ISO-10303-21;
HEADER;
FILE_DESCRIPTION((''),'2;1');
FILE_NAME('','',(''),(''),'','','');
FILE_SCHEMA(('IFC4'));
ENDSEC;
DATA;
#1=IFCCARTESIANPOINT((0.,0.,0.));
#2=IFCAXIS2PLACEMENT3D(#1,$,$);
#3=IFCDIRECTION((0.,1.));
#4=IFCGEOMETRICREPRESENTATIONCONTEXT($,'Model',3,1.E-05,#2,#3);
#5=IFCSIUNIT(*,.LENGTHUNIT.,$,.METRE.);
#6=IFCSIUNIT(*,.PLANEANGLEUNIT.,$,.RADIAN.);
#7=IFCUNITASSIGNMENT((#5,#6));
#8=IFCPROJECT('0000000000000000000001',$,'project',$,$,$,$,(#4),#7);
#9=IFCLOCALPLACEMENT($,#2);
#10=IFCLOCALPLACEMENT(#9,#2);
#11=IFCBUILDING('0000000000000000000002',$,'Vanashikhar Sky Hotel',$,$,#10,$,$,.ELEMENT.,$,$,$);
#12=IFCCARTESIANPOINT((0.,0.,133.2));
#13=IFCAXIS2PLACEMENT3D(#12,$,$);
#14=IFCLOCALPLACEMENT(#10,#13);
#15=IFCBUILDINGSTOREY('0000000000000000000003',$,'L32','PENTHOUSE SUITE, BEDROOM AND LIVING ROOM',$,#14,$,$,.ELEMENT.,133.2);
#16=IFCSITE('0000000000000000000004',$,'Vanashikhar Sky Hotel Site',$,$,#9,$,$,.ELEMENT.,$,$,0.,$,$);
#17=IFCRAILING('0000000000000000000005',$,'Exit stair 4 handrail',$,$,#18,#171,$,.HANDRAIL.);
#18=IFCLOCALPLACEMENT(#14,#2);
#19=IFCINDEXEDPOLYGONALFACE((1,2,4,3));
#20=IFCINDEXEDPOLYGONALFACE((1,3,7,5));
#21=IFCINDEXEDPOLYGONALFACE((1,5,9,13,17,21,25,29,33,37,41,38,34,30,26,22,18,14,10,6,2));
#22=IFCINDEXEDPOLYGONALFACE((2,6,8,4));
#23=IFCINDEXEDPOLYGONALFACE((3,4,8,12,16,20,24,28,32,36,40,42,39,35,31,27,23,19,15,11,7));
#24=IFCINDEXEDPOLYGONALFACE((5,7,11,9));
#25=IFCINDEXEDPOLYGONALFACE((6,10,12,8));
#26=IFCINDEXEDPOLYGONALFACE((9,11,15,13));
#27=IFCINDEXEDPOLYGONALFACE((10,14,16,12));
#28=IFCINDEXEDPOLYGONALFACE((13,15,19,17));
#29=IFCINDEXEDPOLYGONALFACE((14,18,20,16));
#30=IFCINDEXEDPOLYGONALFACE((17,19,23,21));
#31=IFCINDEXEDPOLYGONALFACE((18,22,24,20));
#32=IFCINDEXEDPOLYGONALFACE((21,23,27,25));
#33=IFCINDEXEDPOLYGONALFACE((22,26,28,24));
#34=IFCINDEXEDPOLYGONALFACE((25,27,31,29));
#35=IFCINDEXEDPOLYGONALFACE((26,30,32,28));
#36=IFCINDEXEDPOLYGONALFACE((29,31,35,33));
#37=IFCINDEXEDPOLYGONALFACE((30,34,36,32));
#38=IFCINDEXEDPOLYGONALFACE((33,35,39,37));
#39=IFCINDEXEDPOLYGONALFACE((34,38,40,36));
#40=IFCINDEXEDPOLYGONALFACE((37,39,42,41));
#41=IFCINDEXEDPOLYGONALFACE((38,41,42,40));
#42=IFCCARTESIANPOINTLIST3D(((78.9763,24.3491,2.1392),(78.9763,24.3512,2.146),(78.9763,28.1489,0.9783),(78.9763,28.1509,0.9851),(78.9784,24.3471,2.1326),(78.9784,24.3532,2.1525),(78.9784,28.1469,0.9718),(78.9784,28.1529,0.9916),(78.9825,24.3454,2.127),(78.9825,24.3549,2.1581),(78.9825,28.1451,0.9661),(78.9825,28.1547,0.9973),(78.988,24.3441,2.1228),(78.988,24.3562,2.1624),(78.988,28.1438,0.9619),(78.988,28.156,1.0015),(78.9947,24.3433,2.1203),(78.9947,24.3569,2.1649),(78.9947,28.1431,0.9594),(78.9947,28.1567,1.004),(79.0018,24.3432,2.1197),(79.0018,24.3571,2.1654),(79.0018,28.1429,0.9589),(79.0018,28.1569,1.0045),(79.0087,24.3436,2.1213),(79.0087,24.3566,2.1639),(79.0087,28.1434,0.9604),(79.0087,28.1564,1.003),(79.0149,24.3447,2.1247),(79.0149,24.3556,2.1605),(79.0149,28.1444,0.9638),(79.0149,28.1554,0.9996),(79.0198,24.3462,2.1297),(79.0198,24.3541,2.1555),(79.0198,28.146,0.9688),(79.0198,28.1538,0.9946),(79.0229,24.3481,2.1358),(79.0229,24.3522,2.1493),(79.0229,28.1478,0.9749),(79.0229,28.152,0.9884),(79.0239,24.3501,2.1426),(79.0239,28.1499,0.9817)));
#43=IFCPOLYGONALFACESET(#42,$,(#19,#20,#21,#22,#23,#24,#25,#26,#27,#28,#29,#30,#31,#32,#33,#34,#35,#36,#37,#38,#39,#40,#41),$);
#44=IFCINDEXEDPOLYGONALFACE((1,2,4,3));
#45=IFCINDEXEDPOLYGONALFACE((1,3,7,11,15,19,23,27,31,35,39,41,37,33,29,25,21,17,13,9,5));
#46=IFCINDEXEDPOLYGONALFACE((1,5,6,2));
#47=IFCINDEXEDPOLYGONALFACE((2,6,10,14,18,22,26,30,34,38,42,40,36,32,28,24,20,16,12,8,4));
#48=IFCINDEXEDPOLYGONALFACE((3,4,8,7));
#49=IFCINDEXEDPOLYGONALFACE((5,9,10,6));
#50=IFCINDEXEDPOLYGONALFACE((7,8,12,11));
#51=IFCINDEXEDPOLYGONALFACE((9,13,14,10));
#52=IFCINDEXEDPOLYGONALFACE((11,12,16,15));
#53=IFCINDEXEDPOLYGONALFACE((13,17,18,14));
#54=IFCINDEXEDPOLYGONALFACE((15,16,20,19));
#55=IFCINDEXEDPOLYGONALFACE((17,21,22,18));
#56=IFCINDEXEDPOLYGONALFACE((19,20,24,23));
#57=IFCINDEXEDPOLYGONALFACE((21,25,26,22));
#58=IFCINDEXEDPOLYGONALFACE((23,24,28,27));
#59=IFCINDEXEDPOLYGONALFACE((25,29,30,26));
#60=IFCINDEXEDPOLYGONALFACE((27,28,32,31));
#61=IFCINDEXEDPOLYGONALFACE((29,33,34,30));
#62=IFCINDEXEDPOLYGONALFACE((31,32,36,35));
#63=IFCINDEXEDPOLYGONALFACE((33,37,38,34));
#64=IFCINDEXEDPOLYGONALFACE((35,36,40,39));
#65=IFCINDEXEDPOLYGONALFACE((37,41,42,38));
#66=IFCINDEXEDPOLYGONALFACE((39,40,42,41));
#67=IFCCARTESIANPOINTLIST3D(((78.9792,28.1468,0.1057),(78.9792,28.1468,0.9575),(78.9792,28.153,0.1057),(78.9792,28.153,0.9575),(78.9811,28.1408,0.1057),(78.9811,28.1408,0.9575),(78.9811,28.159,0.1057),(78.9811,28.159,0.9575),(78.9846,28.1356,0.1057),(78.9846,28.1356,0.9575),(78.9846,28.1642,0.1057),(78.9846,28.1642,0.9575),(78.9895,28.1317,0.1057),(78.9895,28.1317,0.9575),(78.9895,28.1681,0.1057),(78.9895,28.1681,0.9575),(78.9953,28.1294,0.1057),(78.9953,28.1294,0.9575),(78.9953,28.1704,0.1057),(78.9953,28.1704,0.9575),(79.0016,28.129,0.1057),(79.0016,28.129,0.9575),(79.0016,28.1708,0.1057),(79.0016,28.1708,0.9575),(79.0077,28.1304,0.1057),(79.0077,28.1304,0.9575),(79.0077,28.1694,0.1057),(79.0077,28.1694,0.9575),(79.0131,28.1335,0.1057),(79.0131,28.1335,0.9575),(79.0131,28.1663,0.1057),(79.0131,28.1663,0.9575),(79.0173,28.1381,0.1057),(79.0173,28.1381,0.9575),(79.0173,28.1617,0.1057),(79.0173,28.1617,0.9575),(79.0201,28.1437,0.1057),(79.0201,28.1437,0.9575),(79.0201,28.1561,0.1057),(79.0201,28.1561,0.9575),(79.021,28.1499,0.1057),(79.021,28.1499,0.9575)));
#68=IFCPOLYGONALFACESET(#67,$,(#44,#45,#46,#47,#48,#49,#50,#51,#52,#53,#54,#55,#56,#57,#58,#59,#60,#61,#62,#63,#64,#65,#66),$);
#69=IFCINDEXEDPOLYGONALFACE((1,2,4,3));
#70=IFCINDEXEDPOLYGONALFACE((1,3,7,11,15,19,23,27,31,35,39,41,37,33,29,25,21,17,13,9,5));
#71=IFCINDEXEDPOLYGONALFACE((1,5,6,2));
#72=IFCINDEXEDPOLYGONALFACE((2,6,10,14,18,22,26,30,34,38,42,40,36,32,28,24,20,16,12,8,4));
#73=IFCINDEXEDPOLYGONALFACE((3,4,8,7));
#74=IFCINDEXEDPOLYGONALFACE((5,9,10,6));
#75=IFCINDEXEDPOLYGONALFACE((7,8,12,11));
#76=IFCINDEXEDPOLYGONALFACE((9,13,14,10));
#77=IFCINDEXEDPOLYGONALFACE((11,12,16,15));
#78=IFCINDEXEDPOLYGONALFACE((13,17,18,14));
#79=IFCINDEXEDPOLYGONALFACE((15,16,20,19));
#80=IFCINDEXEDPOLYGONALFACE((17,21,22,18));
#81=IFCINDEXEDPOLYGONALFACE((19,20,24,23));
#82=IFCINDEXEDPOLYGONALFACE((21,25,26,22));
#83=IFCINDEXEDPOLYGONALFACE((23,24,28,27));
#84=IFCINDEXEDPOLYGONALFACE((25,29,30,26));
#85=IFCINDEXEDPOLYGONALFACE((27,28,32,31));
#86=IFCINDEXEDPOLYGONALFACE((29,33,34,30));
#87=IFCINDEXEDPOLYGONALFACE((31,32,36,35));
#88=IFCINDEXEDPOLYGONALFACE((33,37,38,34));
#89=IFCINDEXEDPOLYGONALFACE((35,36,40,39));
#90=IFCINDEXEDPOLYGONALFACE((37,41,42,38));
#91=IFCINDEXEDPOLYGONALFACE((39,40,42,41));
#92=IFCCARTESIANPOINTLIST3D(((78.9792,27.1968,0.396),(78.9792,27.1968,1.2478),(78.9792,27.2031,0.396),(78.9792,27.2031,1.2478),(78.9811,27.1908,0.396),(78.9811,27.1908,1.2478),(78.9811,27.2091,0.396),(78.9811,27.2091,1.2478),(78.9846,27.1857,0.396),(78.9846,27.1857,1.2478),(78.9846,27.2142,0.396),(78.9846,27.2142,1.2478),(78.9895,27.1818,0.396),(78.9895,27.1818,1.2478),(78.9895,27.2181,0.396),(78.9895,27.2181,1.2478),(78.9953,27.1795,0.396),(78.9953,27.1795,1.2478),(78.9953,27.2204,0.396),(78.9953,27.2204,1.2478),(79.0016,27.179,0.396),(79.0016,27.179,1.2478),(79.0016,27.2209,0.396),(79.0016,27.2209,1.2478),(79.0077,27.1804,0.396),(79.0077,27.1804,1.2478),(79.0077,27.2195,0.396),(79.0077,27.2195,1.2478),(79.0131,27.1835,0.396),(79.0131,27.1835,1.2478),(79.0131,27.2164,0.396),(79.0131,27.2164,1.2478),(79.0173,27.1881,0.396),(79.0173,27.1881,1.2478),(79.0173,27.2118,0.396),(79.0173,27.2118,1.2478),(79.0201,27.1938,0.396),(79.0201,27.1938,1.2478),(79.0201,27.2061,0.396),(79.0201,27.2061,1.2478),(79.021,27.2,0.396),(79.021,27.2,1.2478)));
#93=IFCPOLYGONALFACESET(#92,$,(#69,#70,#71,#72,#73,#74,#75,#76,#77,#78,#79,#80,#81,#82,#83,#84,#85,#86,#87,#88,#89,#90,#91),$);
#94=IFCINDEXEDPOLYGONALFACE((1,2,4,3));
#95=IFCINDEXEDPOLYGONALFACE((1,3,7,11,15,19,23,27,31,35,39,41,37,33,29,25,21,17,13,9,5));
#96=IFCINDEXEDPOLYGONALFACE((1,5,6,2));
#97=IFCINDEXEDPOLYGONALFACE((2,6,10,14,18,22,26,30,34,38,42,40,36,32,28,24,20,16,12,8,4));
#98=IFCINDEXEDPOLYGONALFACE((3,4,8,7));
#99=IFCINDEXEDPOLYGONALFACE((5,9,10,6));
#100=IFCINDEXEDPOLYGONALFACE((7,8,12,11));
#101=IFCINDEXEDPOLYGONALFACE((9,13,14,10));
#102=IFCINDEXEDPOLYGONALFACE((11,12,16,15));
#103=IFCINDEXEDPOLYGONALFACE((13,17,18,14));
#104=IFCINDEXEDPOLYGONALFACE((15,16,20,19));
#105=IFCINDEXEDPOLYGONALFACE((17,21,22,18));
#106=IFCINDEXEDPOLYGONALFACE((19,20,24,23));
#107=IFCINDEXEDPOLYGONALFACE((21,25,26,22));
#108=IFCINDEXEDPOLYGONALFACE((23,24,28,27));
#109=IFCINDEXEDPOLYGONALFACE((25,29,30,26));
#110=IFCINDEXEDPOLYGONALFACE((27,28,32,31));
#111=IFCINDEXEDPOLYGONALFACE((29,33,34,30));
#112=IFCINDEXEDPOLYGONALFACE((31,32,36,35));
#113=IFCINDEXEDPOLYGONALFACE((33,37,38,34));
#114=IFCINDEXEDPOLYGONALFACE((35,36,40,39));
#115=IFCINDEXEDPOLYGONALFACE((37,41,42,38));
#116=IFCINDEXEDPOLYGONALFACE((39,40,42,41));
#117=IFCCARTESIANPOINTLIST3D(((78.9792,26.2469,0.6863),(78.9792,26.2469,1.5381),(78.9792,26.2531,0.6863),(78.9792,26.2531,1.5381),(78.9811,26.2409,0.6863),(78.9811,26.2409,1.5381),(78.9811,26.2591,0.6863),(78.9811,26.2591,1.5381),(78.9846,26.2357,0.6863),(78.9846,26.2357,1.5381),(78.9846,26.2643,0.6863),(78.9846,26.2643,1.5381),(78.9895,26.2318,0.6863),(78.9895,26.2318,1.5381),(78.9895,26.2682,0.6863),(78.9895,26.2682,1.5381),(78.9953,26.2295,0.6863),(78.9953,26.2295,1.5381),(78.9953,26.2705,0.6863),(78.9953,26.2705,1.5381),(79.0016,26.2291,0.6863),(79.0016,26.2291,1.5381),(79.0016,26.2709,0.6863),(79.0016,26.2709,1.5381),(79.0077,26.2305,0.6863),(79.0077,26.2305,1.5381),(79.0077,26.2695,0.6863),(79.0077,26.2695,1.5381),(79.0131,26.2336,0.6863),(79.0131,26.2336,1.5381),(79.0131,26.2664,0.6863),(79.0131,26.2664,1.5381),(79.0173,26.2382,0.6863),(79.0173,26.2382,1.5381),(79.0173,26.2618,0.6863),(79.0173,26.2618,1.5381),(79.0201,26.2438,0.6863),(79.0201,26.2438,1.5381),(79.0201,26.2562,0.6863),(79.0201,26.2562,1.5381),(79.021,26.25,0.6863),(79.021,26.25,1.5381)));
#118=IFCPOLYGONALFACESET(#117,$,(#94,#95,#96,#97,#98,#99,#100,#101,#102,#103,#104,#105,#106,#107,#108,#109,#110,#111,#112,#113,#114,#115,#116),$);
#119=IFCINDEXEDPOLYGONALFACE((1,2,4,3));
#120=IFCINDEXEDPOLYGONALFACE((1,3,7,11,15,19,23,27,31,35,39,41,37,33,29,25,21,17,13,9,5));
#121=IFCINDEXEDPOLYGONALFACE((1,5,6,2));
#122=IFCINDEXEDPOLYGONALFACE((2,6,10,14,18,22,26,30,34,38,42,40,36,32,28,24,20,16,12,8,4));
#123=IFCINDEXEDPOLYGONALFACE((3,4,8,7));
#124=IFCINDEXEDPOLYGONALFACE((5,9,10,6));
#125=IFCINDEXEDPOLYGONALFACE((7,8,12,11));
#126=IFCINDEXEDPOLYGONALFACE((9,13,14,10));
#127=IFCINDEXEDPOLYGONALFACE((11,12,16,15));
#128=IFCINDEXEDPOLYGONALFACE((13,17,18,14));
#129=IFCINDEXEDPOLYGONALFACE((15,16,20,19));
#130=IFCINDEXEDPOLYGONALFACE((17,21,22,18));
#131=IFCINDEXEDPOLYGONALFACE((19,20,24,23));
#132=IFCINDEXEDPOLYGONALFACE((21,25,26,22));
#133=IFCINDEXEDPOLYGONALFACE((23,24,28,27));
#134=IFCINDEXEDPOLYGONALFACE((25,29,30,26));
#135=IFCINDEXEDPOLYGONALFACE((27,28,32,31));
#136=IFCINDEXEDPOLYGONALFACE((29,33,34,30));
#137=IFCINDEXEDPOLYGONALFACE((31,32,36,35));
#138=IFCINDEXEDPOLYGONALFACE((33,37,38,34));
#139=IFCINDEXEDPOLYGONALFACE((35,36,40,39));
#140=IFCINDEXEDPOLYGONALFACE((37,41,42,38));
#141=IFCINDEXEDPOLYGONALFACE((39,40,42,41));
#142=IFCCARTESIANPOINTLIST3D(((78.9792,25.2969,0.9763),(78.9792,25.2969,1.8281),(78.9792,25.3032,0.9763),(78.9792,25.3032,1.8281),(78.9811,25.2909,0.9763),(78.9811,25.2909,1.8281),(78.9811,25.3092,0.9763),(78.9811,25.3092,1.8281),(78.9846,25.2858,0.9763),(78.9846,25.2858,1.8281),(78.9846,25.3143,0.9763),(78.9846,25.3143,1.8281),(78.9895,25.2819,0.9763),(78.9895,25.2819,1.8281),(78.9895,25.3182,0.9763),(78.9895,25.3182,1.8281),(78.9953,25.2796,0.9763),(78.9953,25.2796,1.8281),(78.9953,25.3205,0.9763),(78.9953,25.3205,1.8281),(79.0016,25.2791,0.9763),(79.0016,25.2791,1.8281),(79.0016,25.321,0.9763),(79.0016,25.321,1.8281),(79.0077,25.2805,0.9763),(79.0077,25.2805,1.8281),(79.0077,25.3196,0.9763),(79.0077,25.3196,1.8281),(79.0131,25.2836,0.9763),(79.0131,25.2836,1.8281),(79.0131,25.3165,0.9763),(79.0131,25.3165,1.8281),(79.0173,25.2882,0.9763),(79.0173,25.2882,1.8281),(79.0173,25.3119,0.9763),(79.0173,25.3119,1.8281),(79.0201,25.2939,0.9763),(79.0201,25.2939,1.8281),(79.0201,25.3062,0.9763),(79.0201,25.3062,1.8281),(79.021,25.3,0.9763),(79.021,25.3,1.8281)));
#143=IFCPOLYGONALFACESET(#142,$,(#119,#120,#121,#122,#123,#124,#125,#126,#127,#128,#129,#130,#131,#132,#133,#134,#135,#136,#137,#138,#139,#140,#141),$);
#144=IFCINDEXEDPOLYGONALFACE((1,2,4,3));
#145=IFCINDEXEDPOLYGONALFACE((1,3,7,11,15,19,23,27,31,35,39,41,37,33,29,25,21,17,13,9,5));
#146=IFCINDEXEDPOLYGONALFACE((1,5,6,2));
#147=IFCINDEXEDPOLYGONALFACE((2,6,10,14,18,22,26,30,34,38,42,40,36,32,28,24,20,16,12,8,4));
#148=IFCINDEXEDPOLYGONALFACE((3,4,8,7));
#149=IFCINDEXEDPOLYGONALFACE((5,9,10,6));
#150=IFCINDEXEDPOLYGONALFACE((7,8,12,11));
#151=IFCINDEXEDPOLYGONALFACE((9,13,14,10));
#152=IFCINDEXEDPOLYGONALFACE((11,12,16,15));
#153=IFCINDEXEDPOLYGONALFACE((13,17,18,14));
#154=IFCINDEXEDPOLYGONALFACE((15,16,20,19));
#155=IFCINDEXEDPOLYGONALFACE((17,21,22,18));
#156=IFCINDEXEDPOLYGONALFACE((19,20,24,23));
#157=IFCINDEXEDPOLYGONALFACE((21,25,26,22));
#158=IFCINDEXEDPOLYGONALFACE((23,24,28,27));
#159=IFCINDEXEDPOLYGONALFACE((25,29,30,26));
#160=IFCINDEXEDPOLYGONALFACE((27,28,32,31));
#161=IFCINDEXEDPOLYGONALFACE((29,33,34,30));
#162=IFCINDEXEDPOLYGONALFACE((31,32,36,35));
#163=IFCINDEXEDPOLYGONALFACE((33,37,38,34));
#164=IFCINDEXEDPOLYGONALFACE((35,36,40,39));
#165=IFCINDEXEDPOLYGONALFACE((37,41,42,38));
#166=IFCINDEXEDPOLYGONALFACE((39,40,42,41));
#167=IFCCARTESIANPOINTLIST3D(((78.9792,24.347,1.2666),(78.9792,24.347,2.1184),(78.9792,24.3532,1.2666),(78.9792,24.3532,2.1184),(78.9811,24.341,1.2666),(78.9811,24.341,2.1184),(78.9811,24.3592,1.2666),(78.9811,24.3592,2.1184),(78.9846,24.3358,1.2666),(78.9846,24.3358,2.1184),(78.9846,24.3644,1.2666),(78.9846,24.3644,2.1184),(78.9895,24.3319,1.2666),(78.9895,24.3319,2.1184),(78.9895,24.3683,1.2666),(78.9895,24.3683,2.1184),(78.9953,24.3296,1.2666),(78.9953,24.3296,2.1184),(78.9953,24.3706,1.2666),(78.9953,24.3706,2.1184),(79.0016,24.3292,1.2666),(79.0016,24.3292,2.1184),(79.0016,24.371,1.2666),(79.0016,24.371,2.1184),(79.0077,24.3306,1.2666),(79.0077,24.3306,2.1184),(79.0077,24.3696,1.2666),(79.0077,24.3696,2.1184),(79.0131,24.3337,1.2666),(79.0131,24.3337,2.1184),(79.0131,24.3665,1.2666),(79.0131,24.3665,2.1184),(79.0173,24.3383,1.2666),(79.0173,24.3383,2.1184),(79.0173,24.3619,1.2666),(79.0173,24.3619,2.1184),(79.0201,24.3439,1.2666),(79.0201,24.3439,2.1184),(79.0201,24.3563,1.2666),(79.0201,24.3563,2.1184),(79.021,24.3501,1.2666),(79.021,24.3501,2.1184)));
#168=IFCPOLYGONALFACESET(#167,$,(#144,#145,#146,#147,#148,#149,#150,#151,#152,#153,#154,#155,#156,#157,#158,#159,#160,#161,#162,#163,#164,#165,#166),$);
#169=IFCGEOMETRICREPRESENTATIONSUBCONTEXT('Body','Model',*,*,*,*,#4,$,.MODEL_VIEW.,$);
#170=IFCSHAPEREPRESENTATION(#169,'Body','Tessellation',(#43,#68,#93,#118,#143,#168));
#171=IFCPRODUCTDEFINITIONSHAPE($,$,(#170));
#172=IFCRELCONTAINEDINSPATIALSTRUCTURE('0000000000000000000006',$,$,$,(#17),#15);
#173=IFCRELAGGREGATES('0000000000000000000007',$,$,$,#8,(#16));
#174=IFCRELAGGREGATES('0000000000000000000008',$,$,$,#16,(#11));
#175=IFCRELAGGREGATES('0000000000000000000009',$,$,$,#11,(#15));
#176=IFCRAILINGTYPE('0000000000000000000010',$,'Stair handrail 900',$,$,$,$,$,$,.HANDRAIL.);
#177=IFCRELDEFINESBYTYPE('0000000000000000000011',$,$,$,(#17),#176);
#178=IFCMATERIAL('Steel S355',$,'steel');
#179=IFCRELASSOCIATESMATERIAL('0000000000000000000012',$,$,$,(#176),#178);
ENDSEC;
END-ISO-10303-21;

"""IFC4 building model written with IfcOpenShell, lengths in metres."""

from ifc_helpers import new_model, si_unit, direction, frame, origin, origin_2d, place, context, subcontext, project, spatial, circle, extrude, source, transform, mapped, material, type_object, element, save


model = new_model("IFC4")

# Units and contexts
model_context = context("Model", 3, precision=1e-05, world=origin(), true_north=direction((0.0, 1.0)))
body_context = subcontext(model_context, "Body", "Model", "MODEL_VIEW")
ifc_project = project(units=[si_unit("LENGTHUNIT", "METRE"), si_unit("PLANEANGLEUNIT", "RADIAN")], contexts=[model_context])

# Site, building, storey
site_placement = place(None, origin())
site = spatial("IfcSite", under=ifc_project, at=site_placement, Name="Vanashikhar Sky Hotel Site", CompositionType="ELEMENT", RefElevation=0.0)
building_placement = place(site_placement, origin())
building = spatial("IfcBuilding", under=site, at=building_placement, Name="Vanashikhar Sky Hotel", CompositionType="ELEMENT")
storey_placement = place(building_placement, frame((0.0, 0.0, 133.2)))
storey = spatial("IfcBuildingStorey", under=building, at=storey_placement, Name="L32", Description="PENTHOUSE SUITE, BEDROOM AND LIVING ROOM", CompositionType="ELEMENT", Elevation=133.2)

# Railing
ifc_material_1 = material(Name="Steel S355", Category="steel")
railing_type_1 = type_object("IfcRailingType", Name="Stair handrail 900", PredefinedType="HANDRAIL", material=ifc_material_1)
shared_shape_1 = source(origin(), body_context, "Body", "SweptSolid", [
    extrude(circle(Radius=0.0239, at=origin_2d()), frame((0.0, 0.0, 0.876), z_axis=(0.0, -0.956363, 0.292181), x_axis=(1.0, 0.0, 0.0)), (0.0, 0.0, 1.0), 3.9731),
    extrude(circle(Radius=0.021, at=origin_2d()), origin(), (0.0, 0.0, 1.0), 0.8518),
    extrude(circle(Radius=0.021, at=origin_2d()), frame((0.0, -0.95, 0.2903)), (0.0, 0.0, 1.0), 0.8518),
    extrude(circle(Radius=0.021, at=origin_2d()), frame((0.0, -1.8999, 0.5806)), (0.0, 0.0, 1.0), 0.8518),
    extrude(circle(Radius=0.021, at=origin_2d()), frame((0.0, -2.8499, 0.8706)), (0.0, 0.0, 1.0), 0.8518),
    extrude(circle(Radius=0.021, at=origin_2d()), frame((0.0, -3.7998, 1.1609)), (0.0, 0.0, 1.0), 0.8518),
])
railing_1_placement = place(storey_placement, frame((79.0, 28.1499, 0.1057)))
element("IfcRailing", 1, at=railing_1_placement, inside=storey, type_object=railing_type_1, Name="Exit stair 4 handrail", PredefinedType="HANDRAIL", context=body_context, shape_type="MappedRepresentation", body=[
    mapped(shared_shape_1, transform((0.0, 0.0, 0.0), scale=1.0)),
])

save(model, "model.ifc")
